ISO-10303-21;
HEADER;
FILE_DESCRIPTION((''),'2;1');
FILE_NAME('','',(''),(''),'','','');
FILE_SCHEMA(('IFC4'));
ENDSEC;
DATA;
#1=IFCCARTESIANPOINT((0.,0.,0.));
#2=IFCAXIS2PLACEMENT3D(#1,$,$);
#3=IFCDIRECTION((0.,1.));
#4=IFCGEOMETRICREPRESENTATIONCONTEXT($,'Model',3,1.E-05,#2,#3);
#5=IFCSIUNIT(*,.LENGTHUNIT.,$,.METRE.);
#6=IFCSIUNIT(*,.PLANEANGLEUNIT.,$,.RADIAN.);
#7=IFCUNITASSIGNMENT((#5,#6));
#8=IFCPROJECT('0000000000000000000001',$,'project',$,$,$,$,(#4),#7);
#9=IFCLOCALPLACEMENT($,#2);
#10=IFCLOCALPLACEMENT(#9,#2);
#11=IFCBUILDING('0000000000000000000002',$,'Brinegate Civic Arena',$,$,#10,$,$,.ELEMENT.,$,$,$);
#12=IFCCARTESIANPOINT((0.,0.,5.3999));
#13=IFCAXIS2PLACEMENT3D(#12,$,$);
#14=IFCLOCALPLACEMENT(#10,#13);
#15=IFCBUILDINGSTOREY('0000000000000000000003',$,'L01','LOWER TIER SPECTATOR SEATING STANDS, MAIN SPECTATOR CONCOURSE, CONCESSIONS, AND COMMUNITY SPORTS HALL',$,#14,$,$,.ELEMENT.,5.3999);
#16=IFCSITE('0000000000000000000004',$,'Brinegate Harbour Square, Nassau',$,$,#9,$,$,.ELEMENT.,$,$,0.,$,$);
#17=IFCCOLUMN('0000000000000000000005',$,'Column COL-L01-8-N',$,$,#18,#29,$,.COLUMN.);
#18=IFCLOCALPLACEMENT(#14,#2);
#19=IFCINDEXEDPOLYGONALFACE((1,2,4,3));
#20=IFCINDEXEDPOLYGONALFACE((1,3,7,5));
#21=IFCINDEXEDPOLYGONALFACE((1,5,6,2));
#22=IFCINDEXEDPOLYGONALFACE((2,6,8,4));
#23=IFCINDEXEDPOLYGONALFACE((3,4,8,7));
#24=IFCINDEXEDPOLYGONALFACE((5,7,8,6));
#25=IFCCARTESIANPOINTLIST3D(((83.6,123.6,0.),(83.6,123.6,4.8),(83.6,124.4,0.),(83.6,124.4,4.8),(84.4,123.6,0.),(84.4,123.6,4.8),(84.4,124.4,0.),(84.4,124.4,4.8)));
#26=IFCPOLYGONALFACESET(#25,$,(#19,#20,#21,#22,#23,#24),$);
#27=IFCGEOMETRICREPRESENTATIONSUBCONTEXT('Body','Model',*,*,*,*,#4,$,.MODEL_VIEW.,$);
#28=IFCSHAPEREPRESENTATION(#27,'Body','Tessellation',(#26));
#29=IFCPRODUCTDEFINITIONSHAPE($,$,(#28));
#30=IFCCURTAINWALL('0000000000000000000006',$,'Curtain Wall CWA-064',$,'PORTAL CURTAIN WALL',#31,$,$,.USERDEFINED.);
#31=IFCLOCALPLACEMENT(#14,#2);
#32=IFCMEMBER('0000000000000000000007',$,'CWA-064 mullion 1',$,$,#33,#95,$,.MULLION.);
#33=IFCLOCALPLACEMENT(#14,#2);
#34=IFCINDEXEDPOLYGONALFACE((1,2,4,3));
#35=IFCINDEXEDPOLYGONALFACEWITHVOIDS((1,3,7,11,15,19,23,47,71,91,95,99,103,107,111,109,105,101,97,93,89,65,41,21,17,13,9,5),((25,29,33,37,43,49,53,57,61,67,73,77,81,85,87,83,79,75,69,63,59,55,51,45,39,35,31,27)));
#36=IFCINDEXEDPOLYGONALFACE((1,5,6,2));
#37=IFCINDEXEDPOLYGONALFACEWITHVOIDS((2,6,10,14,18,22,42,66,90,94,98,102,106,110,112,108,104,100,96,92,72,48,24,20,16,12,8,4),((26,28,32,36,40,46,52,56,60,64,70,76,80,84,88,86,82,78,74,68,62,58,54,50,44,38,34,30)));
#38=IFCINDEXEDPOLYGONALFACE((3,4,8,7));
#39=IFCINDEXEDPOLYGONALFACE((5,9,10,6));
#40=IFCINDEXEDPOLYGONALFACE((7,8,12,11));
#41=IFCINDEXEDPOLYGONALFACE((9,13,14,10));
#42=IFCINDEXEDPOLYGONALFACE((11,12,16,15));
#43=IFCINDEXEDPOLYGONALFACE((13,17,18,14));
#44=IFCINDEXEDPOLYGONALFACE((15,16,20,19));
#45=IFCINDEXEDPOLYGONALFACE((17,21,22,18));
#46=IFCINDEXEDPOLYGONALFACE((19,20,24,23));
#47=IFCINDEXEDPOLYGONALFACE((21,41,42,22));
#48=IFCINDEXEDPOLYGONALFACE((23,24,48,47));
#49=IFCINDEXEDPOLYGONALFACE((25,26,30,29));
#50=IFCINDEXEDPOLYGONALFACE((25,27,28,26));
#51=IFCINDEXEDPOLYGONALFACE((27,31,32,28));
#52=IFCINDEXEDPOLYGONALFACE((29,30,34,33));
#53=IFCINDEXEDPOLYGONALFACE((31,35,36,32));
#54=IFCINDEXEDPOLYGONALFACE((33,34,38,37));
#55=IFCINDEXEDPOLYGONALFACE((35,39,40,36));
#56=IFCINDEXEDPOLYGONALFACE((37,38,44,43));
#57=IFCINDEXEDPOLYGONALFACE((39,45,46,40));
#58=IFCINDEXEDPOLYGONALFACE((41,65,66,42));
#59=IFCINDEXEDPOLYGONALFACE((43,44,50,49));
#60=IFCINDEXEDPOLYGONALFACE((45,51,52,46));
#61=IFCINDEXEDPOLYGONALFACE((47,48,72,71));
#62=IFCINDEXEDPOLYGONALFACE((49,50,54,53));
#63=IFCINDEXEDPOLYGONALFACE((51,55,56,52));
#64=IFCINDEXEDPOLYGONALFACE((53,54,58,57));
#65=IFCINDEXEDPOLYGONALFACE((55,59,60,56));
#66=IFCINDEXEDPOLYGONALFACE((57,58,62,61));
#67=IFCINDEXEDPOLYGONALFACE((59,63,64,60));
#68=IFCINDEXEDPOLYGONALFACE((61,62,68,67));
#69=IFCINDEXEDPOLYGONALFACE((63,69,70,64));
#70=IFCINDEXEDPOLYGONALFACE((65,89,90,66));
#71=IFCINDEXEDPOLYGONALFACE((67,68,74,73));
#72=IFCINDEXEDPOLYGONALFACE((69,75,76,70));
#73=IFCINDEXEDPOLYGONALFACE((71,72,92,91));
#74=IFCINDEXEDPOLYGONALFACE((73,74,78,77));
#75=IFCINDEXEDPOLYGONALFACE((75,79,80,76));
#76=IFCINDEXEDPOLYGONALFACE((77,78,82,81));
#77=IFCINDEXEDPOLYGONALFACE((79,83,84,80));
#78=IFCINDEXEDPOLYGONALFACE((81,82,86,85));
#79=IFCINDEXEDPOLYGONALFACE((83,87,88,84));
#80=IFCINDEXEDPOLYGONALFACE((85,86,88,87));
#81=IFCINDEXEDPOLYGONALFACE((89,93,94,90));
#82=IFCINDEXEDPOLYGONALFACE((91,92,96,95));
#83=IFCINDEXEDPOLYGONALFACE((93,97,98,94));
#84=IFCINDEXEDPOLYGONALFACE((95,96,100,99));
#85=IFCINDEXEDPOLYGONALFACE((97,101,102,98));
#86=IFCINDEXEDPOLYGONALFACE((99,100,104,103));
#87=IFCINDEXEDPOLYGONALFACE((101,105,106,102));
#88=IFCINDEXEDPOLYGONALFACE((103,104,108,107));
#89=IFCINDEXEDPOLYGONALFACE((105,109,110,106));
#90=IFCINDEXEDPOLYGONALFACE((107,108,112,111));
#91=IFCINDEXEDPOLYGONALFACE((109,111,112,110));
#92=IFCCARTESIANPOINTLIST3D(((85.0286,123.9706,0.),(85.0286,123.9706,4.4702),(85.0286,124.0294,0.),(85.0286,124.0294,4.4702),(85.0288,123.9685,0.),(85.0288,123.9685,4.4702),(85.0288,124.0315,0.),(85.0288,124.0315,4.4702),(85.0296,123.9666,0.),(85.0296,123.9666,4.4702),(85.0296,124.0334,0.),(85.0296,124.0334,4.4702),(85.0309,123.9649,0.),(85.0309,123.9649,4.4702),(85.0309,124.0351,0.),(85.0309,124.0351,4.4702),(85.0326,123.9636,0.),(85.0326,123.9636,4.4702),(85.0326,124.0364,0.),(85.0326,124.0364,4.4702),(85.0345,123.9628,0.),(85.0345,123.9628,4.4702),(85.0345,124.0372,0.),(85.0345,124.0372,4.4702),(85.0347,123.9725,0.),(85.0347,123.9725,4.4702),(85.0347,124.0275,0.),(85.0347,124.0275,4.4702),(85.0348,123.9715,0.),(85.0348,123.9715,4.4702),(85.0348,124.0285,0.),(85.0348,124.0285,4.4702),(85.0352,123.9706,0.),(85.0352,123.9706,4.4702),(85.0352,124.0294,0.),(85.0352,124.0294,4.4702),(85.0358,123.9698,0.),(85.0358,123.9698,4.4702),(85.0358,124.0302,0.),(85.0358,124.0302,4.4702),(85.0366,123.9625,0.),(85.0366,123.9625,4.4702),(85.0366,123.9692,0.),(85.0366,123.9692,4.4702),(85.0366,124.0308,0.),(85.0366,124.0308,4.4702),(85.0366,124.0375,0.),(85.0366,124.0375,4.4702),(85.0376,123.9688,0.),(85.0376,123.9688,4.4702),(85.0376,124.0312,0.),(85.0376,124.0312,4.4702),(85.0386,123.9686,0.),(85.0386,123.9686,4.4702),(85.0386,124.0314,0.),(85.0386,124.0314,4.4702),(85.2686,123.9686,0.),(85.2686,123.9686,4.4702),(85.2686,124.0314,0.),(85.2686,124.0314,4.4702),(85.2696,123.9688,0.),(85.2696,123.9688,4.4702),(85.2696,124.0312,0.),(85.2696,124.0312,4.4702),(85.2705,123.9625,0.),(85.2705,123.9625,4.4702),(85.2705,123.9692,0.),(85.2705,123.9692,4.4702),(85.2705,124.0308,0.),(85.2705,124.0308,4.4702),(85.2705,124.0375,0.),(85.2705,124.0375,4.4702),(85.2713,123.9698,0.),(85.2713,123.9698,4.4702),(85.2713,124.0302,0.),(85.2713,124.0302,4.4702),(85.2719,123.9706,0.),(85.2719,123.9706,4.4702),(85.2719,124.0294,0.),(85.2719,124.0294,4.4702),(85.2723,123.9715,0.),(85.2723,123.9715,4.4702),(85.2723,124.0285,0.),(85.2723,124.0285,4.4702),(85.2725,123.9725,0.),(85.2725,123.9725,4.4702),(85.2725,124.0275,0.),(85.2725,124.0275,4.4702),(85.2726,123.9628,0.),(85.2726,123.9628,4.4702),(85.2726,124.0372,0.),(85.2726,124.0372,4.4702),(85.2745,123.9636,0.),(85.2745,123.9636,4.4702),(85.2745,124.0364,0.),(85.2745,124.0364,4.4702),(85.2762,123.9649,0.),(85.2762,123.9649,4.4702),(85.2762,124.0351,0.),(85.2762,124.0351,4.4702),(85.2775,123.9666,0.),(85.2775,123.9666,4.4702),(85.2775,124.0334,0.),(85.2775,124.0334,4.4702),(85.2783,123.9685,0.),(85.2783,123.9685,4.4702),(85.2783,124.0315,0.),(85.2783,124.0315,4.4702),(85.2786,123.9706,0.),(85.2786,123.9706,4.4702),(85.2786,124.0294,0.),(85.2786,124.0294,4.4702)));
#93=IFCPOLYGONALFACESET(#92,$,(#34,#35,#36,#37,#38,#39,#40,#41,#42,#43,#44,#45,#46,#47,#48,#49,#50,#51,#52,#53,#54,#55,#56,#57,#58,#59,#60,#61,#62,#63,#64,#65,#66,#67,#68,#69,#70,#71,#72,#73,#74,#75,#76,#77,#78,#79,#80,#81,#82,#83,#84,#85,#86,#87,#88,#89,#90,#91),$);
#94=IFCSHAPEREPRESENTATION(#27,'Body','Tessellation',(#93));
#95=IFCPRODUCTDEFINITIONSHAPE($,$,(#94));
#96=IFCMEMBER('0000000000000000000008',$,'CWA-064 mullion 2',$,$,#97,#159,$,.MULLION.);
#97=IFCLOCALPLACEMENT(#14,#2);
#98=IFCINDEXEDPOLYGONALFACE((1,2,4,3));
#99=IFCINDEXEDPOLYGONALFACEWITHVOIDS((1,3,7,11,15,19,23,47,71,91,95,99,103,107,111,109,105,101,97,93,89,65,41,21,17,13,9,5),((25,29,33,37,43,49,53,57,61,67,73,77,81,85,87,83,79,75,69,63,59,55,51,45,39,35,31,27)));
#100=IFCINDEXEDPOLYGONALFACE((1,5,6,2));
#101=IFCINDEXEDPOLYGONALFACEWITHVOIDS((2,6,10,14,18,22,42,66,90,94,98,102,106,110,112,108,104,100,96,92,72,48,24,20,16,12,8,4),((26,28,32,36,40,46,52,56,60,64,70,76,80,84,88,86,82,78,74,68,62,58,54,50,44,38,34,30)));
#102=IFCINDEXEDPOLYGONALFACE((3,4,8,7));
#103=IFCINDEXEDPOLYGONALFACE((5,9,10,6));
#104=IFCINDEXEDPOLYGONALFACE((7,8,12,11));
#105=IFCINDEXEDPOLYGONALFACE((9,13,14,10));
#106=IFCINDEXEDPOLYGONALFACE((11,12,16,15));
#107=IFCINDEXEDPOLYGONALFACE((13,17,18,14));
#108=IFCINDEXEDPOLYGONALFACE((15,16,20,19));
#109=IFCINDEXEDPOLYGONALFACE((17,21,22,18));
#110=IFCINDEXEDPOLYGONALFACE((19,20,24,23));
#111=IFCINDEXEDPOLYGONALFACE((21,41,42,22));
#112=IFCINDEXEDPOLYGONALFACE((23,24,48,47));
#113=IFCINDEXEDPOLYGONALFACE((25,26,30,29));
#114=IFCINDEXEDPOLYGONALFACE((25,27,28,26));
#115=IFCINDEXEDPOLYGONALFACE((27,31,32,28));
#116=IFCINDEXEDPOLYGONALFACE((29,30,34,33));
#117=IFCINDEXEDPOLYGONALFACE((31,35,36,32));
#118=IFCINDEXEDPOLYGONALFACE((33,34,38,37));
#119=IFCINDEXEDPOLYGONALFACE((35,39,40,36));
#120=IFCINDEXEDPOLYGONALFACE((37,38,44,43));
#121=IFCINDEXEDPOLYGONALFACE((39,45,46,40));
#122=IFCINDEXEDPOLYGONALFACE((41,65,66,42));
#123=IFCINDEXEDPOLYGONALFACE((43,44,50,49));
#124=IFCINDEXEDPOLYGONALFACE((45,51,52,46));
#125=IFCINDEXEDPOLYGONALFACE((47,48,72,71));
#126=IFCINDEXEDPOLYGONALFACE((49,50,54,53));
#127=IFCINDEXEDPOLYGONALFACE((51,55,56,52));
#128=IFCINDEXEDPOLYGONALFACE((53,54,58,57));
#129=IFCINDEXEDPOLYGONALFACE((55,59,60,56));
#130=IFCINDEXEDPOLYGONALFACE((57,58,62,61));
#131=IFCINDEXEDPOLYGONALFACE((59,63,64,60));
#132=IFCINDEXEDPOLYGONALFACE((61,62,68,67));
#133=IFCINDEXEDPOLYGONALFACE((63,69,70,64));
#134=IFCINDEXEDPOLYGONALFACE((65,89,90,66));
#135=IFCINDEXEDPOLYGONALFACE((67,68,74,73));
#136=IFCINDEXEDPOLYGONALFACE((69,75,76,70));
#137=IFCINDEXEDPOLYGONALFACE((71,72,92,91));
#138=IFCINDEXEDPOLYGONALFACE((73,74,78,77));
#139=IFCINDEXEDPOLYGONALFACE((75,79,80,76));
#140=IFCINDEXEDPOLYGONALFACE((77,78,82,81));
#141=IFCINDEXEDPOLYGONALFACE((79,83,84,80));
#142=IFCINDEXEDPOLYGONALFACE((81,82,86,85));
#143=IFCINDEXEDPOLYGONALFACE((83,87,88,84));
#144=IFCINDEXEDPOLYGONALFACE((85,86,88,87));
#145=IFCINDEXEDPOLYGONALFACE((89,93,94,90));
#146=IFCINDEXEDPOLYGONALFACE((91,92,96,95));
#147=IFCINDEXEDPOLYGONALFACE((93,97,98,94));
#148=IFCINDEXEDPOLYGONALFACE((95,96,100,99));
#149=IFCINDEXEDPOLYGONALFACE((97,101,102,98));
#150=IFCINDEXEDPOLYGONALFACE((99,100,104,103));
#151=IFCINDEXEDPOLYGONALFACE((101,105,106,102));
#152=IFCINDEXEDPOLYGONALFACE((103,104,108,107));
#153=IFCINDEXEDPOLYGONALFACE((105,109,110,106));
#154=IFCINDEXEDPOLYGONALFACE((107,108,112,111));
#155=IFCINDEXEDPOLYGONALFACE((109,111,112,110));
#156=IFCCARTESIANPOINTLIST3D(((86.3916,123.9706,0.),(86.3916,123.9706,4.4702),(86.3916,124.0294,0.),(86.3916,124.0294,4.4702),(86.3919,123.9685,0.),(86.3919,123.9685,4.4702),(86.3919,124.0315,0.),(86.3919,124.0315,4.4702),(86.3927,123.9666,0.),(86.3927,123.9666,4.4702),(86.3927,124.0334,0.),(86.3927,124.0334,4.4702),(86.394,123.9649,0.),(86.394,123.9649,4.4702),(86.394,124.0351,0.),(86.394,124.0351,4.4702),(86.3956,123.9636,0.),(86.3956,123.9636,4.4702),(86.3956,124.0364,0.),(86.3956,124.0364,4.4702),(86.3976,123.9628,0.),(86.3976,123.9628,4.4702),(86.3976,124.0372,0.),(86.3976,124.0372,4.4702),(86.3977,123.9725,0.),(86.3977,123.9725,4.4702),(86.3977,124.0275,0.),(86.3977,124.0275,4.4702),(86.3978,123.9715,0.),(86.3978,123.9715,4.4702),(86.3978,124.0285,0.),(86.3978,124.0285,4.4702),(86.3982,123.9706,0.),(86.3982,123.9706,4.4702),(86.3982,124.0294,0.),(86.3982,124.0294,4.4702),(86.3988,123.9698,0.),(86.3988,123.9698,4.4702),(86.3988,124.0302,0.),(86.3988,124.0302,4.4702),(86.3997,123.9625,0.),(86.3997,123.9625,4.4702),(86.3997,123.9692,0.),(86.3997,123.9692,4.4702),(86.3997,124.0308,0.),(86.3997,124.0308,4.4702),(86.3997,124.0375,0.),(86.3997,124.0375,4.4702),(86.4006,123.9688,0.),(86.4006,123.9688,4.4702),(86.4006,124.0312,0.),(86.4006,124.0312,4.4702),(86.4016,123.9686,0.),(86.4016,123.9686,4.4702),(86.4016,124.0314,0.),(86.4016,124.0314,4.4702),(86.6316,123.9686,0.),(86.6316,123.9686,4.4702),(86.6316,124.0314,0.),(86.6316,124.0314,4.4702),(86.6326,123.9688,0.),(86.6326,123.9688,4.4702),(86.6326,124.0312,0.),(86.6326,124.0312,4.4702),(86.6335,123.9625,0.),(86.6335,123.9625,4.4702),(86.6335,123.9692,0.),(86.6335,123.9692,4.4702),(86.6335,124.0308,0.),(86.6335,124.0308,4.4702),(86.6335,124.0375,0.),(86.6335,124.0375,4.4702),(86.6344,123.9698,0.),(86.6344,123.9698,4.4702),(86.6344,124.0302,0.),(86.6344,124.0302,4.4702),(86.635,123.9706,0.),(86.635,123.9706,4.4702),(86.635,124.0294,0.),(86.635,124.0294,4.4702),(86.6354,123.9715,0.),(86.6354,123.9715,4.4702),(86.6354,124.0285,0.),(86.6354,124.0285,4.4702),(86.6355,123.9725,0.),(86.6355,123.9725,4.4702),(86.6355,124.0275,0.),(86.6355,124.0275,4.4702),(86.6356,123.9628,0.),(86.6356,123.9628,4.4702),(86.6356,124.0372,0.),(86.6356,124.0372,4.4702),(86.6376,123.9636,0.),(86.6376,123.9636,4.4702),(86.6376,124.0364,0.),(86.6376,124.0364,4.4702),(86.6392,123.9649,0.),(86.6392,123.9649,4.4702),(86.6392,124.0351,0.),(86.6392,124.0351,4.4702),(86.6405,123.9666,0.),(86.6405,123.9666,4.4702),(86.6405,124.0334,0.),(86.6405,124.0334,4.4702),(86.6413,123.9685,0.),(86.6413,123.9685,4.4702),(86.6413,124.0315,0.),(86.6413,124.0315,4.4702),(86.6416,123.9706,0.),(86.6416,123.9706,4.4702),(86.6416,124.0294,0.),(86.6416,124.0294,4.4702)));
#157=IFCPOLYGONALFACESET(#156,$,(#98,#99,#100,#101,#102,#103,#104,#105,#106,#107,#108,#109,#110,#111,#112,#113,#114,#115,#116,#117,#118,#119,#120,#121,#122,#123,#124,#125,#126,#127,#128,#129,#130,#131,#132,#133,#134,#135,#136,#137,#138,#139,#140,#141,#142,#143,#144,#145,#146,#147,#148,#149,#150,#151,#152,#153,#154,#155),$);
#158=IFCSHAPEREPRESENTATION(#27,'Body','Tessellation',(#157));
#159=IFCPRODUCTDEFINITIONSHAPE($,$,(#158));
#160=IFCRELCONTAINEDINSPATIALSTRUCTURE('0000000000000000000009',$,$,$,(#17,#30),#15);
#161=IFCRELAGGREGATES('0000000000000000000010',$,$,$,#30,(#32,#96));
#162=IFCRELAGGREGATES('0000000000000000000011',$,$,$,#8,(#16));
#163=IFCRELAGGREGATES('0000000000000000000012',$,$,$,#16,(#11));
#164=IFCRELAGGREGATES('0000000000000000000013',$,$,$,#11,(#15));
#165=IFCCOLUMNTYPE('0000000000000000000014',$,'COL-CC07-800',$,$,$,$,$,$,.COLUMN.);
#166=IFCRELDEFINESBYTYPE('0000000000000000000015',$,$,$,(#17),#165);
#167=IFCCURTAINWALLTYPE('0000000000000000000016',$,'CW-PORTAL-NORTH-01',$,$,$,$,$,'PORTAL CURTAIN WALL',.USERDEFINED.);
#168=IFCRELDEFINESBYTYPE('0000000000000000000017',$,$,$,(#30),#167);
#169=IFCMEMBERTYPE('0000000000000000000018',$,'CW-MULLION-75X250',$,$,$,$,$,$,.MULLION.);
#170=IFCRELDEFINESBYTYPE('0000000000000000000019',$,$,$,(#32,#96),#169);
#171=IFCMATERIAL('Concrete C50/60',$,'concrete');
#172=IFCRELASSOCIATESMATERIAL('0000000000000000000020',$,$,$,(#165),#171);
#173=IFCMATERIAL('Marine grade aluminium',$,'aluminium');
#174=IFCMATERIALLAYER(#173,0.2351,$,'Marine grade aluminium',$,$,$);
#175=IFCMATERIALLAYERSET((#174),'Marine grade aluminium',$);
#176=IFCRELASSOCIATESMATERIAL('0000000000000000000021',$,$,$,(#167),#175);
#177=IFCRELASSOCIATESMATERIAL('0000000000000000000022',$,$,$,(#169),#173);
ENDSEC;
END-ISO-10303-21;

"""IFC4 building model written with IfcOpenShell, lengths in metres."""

from ifc_helpers import new_model, si_unit, direction, frame, origin, origin_2d, place, context, subcontext, project, spatial, rectangle, hollow_rectangle, extrude, material, layer, layer_set, material_profile, profile_set, type_object, element, aggregate, save


model = new_model("IFC4")

# Units and contexts
model_context = context("Model", 3, precision=1e-05, world=origin(), true_north=direction((0.0, 1.0)))
body_context = subcontext(model_context, "Body", "Model", "MODEL_VIEW")
ifc_project = project(units=[si_unit("LENGTHUNIT", "METRE"), si_unit("PLANEANGLEUNIT", "RADIAN")], contexts=[model_context])

# Site, building, storey
site_placement = place(None, origin())
site = spatial("IfcSite", under=ifc_project, at=site_placement, Name="Brinegate Harbour Square, Nassau", CompositionType="ELEMENT", RefElevation=0.0)
building_placement = place(site_placement, origin())
building = spatial("IfcBuilding", under=site, at=building_placement, Name="Brinegate Civic Arena", CompositionType="ELEMENT")
storey_placement = place(building_placement, frame((0.0, 0.0, 5.3999)))
storey = spatial("IfcBuildingStorey", under=building, at=storey_placement, Name="L01", Description="LOWER TIER SPECTATOR SEATING STANDS, MAIN SPECTATOR CONCOURSE, CONCESSIONS, AND COMMUNITY SPORTS HALL", CompositionType="ELEMENT", Elevation=5.3999)

# Column
ifc_material_1 = material(Name="Concrete C50/60", Category="concrete")
ifc_material_profile_1 = material_profile(ifc_material_1, rectangle(XDim=0.8, YDim=0.8, at=origin_2d()), Name="RC800X800")
ifc_profile_set_1 = profile_set([ifc_material_profile_1], Name="Concrete C50/60")
column_type = type_object("IfcColumnType", Name="COL-CC07-800", PredefinedType="COLUMN", material=ifc_profile_set_1)
column_placement = place(storey_placement, frame((84.0, 124.0, 0.0), z_axis=(0.0, 0.0, 1.0), x_axis=(1.0, 0.0, 0.0)))
element("IfcColumn", 1, at=column_placement, inside=storey, type_object=column_type, Name="Column COL-L01-8-N", PredefinedType="COLUMN", context=body_context, shape_type="SweptSolid", body=[
    extrude(rectangle(XDim=0.8, YDim=0.8, at=origin_2d()), origin(), (0.0, 0.0, 1.0), 4.8),
])

# Curtain wall, members
ifc_material_2 = material(Name="Marine grade aluminium", Category="aluminium")
ifc_layer_1 = layer(ifc_material_2, 0.2351, Name="Marine grade aluminium")
ifc_layer_set_1 = layer_set([ifc_layer_1], Name="Marine grade aluminium")
curtain_wall_type = type_object("IfcCurtainWallType", Name="CW-PORTAL-NORTH-01", ElementType="PORTAL CURTAIN WALL", PredefinedType="USERDEFINED", material=ifc_layer_set_1)
curtain_wall_placement = place(storey_placement, origin())
curtain_wall = element("IfcCurtainWall", 2, at=curtain_wall_placement, inside=storey, type_object=curtain_wall_type, Name="Curtain Wall CWA-064", ObjectType="PORTAL CURTAIN WALL", PredefinedType="USERDEFINED")
ifc_material_profile_2 = material_profile(ifc_material_2, hollow_rectangle(XDim=0.075, YDim=0.25, WallThickness=0.0061, InnerFilletRadius=0.0039, OuterFilletRadius=0.0081, at=origin_2d()), Name="MUL75X250")
ifc_profile_set_2 = profile_set([ifc_material_profile_2], Name="Marine grade aluminium")
member_type_1 = type_object("IfcMemberType", Name="CW-MULLION-75X250", PredefinedType="MULLION", material=ifc_profile_set_2)
member_1_placement = place(storey_placement, frame((85.1536, 124.0, 0.0), z_axis=(0.0, 0.0, 1.0), x_axis=(0.0, 1.0, 0.0)))
member_1 = element("IfcMember", 3, at=member_1_placement, type_object=member_type_1, Name="CWA-064 mullion 1", PredefinedType="MULLION", context=body_context, shape_type="SweptSolid", body=[
    extrude(hollow_rectangle(XDim=0.075, YDim=0.25, WallThickness=0.0061, InnerFilletRadius=0.0039, OuterFilletRadius=0.0081, at=origin_2d()), origin(), (0.0, 0.0, 1.0), 4.4702),
])
member_2_placement = place(storey_placement, frame((86.5166, 124.0, 0.0), z_axis=(0.0, 0.0, 1.0), x_axis=(0.0, 1.0, 0.0)))
member_2 = element("IfcMember", 4, at=member_2_placement, type_object=member_type_1, Name="CWA-064 mullion 2", PredefinedType="MULLION", context=body_context, shape_type="SweptSolid", body=[
    extrude(hollow_rectangle(XDim=0.075, YDim=0.25, WallThickness=0.0061, InnerFilletRadius=0.0039, OuterFilletRadius=0.0081, at=origin_2d()), origin(), (0.0, 0.0, 1.0), 4.4702),
])

aggregate(curtain_wall, [member_1, member_2])

save(model, "model.ifc")
